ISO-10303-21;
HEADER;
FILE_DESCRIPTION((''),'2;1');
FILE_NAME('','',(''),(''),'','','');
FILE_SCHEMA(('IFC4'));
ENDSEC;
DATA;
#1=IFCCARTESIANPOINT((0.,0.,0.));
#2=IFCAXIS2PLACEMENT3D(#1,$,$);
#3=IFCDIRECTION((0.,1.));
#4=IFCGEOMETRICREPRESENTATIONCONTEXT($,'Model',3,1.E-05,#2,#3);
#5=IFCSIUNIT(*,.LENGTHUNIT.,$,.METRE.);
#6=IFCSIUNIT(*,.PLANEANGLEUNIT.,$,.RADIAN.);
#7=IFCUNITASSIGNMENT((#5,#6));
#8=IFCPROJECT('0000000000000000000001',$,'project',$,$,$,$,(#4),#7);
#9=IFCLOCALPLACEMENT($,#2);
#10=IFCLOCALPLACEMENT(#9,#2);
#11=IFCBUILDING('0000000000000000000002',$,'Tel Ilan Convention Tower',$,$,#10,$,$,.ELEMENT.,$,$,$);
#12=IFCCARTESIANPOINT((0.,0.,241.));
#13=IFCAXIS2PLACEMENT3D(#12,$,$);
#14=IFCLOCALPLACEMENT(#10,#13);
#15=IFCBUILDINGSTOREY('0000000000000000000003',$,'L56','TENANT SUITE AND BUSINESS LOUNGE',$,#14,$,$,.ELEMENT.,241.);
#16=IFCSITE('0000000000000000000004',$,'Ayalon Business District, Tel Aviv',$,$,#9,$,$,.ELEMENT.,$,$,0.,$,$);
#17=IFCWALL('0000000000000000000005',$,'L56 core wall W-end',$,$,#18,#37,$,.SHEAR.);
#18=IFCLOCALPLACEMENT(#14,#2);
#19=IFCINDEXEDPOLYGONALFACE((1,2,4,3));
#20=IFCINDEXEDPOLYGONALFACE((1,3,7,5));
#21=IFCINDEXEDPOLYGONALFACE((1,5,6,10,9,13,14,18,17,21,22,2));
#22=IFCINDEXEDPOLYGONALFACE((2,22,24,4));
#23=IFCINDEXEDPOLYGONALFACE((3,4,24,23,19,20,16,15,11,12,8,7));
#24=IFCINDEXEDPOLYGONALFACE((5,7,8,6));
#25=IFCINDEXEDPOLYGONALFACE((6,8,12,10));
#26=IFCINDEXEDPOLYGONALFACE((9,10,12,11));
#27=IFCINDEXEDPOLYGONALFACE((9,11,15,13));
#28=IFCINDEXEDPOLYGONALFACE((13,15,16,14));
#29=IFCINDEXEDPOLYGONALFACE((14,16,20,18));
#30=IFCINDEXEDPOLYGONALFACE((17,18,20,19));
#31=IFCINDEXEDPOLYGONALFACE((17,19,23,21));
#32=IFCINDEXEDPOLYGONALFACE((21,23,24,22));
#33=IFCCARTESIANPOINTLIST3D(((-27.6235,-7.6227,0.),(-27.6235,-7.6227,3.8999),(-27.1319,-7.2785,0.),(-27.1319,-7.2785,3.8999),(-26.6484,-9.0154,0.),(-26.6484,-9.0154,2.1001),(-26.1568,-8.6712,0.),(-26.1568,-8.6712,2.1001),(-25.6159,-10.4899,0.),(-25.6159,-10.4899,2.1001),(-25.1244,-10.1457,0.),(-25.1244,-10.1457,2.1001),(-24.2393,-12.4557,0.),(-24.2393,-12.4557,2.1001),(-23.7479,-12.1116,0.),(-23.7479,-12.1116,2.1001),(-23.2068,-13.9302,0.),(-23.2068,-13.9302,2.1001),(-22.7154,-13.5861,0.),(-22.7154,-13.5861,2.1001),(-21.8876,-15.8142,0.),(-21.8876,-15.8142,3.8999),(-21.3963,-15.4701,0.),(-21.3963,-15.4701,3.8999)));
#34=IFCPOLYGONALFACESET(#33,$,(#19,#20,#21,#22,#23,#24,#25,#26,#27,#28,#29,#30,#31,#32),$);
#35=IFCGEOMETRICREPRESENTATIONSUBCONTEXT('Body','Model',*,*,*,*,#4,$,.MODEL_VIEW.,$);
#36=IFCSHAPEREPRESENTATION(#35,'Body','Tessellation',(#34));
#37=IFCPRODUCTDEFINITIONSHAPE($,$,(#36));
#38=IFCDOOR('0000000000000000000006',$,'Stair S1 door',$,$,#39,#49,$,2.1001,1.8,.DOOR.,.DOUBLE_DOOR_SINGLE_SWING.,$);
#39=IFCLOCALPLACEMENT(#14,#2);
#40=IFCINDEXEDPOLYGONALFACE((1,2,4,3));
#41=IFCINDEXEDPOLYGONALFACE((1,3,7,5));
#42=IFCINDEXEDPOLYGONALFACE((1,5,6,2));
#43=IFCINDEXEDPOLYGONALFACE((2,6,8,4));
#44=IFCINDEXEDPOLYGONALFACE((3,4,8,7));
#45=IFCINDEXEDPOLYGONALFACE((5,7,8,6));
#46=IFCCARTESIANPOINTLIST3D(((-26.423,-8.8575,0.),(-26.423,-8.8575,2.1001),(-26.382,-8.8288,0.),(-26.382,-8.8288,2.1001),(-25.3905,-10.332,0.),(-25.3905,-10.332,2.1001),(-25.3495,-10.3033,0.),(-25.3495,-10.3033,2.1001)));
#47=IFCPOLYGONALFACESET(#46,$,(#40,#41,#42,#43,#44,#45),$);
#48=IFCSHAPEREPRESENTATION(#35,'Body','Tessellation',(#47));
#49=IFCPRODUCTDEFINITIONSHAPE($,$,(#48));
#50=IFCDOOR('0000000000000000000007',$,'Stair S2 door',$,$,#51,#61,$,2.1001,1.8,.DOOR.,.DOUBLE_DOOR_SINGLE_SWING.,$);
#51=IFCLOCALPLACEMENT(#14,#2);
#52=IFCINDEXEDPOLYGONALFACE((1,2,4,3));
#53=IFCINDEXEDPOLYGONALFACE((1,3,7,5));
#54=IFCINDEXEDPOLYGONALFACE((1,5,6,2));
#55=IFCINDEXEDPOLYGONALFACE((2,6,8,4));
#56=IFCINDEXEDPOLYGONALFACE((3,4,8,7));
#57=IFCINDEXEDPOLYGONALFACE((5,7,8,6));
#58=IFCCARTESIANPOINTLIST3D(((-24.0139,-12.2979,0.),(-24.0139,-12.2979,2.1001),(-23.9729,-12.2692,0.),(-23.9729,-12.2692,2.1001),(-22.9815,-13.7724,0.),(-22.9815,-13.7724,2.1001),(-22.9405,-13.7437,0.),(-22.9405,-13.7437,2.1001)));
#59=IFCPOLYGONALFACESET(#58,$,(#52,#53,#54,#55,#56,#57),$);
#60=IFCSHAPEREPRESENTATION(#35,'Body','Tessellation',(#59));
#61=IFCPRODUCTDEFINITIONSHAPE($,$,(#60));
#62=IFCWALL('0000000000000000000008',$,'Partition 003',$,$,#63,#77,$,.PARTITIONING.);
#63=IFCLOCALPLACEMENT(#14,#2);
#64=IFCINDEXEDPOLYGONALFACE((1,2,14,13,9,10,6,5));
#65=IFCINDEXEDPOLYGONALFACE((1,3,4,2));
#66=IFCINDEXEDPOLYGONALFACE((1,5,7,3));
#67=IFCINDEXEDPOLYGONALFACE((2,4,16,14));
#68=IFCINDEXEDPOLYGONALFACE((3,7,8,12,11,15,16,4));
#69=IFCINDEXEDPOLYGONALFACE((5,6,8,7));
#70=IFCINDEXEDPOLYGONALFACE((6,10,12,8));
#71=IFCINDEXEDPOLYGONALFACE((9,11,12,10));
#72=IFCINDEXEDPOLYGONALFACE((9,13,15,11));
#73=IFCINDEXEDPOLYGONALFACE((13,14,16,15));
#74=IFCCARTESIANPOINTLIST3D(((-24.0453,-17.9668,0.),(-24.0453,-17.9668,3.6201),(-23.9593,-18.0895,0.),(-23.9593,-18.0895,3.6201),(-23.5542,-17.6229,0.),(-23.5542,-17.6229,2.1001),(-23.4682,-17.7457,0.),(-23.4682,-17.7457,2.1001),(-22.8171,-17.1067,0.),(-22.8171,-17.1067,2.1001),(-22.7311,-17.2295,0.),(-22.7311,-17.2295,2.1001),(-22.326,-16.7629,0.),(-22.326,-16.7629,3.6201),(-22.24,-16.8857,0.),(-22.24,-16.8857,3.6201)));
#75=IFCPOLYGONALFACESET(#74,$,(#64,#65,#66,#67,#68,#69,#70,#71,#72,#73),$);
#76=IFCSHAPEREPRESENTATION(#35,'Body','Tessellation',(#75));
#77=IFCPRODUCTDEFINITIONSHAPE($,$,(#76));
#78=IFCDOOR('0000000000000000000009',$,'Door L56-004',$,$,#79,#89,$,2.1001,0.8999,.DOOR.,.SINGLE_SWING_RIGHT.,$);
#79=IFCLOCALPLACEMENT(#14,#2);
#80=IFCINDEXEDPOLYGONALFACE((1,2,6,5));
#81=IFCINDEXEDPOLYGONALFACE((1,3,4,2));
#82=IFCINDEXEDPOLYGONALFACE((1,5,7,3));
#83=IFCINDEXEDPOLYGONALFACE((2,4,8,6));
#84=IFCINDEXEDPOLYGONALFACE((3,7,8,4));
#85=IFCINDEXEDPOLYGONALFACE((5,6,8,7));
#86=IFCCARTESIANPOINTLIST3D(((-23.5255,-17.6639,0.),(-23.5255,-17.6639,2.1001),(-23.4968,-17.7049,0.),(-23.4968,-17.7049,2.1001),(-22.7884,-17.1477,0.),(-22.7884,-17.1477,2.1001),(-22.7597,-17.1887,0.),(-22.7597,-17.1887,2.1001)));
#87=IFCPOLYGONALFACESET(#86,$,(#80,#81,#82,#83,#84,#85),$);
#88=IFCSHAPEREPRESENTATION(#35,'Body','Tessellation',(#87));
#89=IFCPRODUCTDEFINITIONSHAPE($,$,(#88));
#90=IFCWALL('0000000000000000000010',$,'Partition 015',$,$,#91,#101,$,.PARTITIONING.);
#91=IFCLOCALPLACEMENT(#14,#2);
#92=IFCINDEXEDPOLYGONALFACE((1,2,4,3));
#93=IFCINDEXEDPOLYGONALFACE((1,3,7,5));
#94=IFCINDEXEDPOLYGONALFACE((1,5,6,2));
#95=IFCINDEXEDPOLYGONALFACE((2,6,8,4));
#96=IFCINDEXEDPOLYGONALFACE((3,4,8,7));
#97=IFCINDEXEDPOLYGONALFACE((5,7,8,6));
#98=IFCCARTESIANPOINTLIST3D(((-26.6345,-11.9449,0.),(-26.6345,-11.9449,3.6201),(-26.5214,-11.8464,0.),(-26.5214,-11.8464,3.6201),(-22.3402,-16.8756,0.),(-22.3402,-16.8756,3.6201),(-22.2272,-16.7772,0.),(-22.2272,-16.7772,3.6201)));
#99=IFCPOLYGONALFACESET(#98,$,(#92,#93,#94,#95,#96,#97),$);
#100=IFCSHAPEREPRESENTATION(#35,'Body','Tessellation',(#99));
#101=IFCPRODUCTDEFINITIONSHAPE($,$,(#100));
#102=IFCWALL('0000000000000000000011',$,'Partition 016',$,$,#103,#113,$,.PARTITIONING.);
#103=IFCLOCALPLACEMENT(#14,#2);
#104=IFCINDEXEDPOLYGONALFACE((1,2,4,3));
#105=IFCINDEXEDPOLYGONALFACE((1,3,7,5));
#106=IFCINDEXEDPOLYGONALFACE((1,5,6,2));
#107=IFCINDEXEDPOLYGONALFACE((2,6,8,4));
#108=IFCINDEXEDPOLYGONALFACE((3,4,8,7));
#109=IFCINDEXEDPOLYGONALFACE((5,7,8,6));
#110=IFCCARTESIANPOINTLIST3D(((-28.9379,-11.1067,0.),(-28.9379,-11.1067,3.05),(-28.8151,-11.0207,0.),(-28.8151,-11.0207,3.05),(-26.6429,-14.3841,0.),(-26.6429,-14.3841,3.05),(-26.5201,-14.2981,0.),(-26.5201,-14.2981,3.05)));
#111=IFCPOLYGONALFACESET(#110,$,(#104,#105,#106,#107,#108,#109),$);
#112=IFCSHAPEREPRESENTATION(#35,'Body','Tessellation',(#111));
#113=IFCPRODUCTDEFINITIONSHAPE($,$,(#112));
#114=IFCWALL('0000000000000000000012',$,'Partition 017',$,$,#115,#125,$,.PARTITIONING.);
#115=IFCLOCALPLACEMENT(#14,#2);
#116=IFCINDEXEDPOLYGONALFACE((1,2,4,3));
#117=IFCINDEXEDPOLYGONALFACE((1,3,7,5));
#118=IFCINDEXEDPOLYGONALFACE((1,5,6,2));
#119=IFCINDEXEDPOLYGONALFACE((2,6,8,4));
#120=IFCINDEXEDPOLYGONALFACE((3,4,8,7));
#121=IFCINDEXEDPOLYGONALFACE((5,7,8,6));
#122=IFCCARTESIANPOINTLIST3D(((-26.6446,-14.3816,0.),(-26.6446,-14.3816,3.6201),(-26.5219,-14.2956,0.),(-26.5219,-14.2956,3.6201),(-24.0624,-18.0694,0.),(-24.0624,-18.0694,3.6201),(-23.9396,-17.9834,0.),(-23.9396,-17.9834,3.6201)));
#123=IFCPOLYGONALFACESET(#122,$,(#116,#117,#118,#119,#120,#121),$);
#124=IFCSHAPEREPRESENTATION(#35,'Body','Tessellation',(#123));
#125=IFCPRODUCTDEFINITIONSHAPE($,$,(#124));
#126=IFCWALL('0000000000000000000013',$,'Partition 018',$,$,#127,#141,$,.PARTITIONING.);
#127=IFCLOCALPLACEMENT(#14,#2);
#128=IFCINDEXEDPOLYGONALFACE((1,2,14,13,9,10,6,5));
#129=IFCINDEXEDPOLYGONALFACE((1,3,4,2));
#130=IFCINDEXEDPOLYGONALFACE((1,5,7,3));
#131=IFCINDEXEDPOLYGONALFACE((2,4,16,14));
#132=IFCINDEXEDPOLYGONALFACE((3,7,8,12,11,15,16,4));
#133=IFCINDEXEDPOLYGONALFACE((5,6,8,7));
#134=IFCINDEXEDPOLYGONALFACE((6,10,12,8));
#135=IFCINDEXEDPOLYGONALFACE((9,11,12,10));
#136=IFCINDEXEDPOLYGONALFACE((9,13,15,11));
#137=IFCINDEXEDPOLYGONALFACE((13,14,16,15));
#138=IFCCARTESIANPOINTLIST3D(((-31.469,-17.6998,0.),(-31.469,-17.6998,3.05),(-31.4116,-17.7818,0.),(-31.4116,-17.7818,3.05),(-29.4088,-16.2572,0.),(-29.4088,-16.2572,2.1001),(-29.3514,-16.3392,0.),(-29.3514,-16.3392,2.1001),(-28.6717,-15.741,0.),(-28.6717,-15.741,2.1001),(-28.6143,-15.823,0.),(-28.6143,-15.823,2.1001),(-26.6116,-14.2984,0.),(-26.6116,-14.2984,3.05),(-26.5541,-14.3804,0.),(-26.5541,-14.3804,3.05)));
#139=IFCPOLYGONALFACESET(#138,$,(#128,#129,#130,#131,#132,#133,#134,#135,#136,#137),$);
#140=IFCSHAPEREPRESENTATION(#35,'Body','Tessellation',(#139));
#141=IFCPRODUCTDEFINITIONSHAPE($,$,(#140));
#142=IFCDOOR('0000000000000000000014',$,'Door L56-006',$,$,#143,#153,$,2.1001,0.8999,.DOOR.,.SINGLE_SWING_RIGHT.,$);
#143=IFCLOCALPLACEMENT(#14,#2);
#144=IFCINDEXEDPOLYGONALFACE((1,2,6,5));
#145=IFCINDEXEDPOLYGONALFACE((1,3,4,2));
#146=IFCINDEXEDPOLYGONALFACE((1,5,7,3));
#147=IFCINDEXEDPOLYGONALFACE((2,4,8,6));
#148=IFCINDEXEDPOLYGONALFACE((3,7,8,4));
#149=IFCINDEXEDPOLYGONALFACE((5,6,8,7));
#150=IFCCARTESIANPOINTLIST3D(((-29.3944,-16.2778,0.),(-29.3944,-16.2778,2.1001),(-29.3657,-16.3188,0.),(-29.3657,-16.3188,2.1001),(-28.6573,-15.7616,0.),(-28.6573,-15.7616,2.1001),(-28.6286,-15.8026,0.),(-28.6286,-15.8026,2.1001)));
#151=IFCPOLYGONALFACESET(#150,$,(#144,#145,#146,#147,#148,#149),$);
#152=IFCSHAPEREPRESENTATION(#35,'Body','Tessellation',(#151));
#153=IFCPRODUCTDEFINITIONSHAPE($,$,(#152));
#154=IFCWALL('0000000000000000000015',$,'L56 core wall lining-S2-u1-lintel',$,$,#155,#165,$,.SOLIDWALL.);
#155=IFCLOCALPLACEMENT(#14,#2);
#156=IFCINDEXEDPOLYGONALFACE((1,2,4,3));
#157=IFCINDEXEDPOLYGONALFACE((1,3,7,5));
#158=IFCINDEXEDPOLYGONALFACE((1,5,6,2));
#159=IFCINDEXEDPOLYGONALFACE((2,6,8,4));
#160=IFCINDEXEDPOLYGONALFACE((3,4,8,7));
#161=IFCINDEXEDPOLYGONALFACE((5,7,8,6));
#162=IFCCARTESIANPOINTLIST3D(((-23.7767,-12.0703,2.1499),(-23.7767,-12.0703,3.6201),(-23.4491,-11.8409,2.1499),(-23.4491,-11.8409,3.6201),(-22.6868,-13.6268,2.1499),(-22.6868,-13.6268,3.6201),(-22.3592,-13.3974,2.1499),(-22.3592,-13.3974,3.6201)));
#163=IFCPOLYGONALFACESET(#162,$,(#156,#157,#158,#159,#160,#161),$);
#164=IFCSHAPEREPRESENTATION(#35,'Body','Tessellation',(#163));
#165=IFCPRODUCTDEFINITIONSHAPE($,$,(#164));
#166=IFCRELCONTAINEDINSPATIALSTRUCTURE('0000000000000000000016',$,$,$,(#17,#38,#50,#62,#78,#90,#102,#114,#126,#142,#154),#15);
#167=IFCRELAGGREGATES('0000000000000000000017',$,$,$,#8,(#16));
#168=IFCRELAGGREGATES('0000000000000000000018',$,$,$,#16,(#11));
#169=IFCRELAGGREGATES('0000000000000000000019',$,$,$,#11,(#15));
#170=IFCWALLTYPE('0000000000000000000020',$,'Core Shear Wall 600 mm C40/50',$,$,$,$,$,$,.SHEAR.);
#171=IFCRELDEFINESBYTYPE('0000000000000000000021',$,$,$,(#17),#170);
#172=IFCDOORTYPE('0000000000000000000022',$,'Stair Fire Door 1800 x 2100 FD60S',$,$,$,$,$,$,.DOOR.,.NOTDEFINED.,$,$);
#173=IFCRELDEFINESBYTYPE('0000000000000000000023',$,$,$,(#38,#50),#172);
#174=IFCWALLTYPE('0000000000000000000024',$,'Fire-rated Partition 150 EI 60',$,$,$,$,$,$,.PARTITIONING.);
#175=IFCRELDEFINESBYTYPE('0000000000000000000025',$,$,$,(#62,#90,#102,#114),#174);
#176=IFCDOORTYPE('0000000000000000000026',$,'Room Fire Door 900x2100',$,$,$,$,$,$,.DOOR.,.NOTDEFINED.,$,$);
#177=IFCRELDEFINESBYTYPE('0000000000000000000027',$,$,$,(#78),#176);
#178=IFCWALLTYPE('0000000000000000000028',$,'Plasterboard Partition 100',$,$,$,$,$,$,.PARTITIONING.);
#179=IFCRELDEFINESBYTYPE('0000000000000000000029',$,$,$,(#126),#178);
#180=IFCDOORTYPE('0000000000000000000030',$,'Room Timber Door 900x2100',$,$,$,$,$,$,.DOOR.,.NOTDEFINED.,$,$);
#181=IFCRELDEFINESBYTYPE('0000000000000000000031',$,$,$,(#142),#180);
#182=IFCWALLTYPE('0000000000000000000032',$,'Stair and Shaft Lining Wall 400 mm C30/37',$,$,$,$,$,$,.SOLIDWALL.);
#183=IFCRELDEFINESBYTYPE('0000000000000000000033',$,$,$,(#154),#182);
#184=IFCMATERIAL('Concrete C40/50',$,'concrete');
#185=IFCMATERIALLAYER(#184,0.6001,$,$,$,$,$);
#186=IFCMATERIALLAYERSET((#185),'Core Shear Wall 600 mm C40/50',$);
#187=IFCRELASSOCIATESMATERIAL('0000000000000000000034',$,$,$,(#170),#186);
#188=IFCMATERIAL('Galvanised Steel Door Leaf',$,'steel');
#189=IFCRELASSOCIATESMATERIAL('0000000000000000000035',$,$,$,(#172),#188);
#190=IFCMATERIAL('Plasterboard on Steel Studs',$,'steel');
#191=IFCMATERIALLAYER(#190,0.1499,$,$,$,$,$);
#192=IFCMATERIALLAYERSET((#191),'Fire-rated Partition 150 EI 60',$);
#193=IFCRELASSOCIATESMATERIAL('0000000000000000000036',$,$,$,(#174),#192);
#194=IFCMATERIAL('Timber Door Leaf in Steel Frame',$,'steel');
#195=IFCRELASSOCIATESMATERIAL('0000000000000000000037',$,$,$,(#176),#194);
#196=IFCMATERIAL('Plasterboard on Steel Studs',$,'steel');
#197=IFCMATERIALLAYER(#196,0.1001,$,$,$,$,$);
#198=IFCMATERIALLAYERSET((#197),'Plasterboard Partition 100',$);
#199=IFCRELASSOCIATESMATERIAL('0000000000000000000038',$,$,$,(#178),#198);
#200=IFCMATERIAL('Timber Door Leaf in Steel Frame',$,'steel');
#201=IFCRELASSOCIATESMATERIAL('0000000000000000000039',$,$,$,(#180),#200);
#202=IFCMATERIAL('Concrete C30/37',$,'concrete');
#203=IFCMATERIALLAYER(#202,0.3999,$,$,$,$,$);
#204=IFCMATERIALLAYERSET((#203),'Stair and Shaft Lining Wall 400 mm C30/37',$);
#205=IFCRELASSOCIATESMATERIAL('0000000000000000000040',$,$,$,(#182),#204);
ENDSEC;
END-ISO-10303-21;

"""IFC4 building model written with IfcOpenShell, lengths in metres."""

from ifc_helpers import new_model, si_unit, direction, frame, frame_2d, origin, place, context, subcontext, project, spatial, polyline, rectangle, outline, extrude, material, layer, layer_set, type_object, element, fill, save


model = new_model("IFC4")

# Units and contexts
model_context = context("Model", 3, precision=1e-05, world=origin(), true_north=direction((0.0, 1.0)))
body_context = subcontext(model_context, "Body", "Model", "MODEL_VIEW")
ifc_project = project(units=[si_unit("LENGTHUNIT", "METRE"), si_unit("PLANEANGLEUNIT", "RADIAN")], contexts=[model_context])

# Site, building, storey
site_placement = place(None, origin())
site = spatial("IfcSite", under=ifc_project, at=site_placement, Name="Ayalon Business District, Tel Aviv", CompositionType="ELEMENT", RefElevation=0.0)
building_placement = place(site_placement, origin())
building = spatial("IfcBuilding", under=site, at=building_placement, Name="Tel Ilan Convention Tower", CompositionType="ELEMENT")
storey_placement = place(building_placement, frame((0.0, 0.0, 241.0)))
storey = spatial("IfcBuildingStorey", under=building, at=storey_placement, Name="L56", Description="TENANT SUITE AND BUSINESS LOUNGE", CompositionType="ELEMENT", Elevation=241.0)

# Wall, openings, doors
ifc_material_1 = material(Name="Concrete C40/50", Category="concrete")
ifc_layer_1 = layer(ifc_material_1, 0.6001)
ifc_layer_set_1 = layer_set([ifc_layer_1], Name="Core Shear Wall 600 mm C40/50")
wall_type_1 = type_object("IfcWallType", Name="Core Shear Wall 600 mm C40/50", PredefinedType="SHEAR", material=ifc_layer_set_1)
wall_1_placement = place(storey_placement, frame((-21.6418, -15.6421, 0.0), z_axis=(0.0, 0.0, 1.0), x_axis=(-0.573587, 0.819145, 0.0)))
wall_1 = element("IfcWall", 1, at=wall_1_placement, inside=storey, type_object=wall_type_1, Name="L56 core wall W-end", PredefinedType="SHEAR", context=body_context, shape_type="SweptSolid", body=[
    extrude(outline(polyline([(0.0, 0.3), (0.0, -0.2998), (10.0, -0.3), (10.0, 0.3), (0.0, 0.3)])), origin(), (0.0, 0.0, 1.0), 3.8999),
])
opening_1_placement = place(wall_1_placement, frame((6.5, 0.0, 0.0)))
opening_1 = element("IfcOpeningElement", 2, at=opening_1_placement, cuts=wall_1, PredefinedType="OPENING", context=body_context, shape_type="SweptSolid", body=[
    extrude(rectangle(XDim=1.8, YDim=2.1001, at=frame_2d((0.8999, 1.05))), frame((0.0, 0.3101, 0.0), z_axis=(0.0, -1.0, 0.0), x_axis=(1.0, 0.0, 0.0)), (0.0, 0.0, 1.0), 0.6201),
])
opening_2_placement = place(wall_1_placement, frame((2.3, 0.0, 0.0)))
opening_2 = element("IfcOpeningElement", 3, at=opening_2_placement, cuts=wall_1, PredefinedType="OPENING", context=body_context, shape_type="SweptSolid", body=[
    extrude(rectangle(XDim=1.8, YDim=2.1001, at=frame_2d((0.8999, 1.05))), frame((0.0, 0.3101, 0.0), z_axis=(0.0, -1.0, 0.0), x_axis=(1.0, 0.0, 0.0)), (0.0, 0.0, 1.0), 0.6201),
])
ifc_material_2 = material(Name="Galvanised Steel Door Leaf", Category="steel")
door_type_1 = type_object("IfcDoorType", Name="Stair Fire Door 1800 x 2100 FD60S", OperationType="NOTDEFINED", PredefinedType="DOOR", material=ifc_material_2)
door_1_placement = place(opening_1_placement, origin())
door_1 = element("IfcDoor", 4, at=door_1_placement, inside=storey, type_object=door_type_1, Name="Stair S1 door", OperationType="DOUBLE_DOOR_SINGLE_SWING", OverallHeight=2.1001, OverallWidth=1.8, PredefinedType="DOOR", context=body_context, shape_type="SweptSolid", body=[
    extrude(rectangle(XDim=1.8, YDim=2.1001, at=frame_2d((0.8999, 1.05))), frame((0.0, 0.0249, 0.0), z_axis=(0.0, -1.0, 0.0), x_axis=(1.0, 0.0, 0.0)), (0.0, 0.0, 1.0), 0.05),
])
fill(opening_1, door_1)
door_2_placement = place(opening_2_placement, origin())
door_2 = element("IfcDoor", 5, at=door_2_placement, inside=storey, type_object=door_type_1, Name="Stair S2 door", OperationType="DOUBLE_DOOR_SINGLE_SWING", OverallHeight=2.1001, OverallWidth=1.8, PredefinedType="DOOR", context=body_context, shape_type="SweptSolid", body=[
    extrude(rectangle(XDim=1.8, YDim=2.1001, at=frame_2d((0.8999, 1.05))), frame((0.0, 0.0249, 0.0), z_axis=(0.0, -1.0, 0.0), x_axis=(1.0, 0.0, 0.0)), (0.0, 0.0, 1.0), 0.05),
])
fill(opening_2, door_2)

# Wall, opening, door
ifc_material_3 = material(Name="Plasterboard on Steel Studs", Category="steel")
ifc_layer_2 = layer(ifc_material_3, 0.1499)
ifc_layer_set_2 = layer_set([ifc_layer_2], Name="Fire-rated Partition 150 EI 60")
wall_type_2 = type_object("IfcWallType", Name="Fire-rated Partition 150 EI 60", PredefinedType="PARTITIONING", material=ifc_layer_set_2)
wall_2_placement = place(storey_placement, frame((-24.0022, -18.0281, 0.0), z_axis=(0.0, 0.0, 1.0), x_axis=(0.819144, 0.573587, 0.0)))
wall_2 = element("IfcWall", 6, at=wall_2_placement, inside=storey, type_object=wall_type_2, Name="Partition 003", PredefinedType="PARTITIONING", context=body_context, shape_type="SweptSolid", body=[
    extrude(rectangle(XDim=2.0989, YDim=0.1499, at=frame_2d((1.0493, 0.0))), origin(), (0.0, 0.0, 1.0), 3.6201),
])
opening_3_placement = place(wall_2_placement, frame((0.5994, 0.0, 0.0)))
opening_3 = element("IfcOpeningElement", 7, at=opening_3_placement, cuts=wall_2, PredefinedType="OPENING", context=body_context, shape_type="SweptSolid", body=[
    extrude(rectangle(XDim=0.8999, YDim=2.1001, at=frame_2d((0.45, 1.05))), frame((0.0, 0.085, 0.0), z_axis=(0.0, -1.0, 0.0), x_axis=(1.0, 0.0, 0.0)), (0.0, 0.0, 1.0), 0.1699),
])
ifc_material_4 = material(Name="Timber Door Leaf in Steel Frame", Category="steel")
door_type_2 = type_object("IfcDoorType", Name="Room Fire Door 900x2100", OperationType="NOTDEFINED", PredefinedType="DOOR", material=ifc_material_4)
door_3_placement = place(opening_3_placement, origin())
door_3 = element("IfcDoor", 8, at=door_3_placement, inside=storey, type_object=door_type_2, Name="Door L56-004", OperationType="SINGLE_SWING_RIGHT", OverallHeight=2.1001, OverallWidth=0.8999, PredefinedType="DOOR", context=body_context, shape_type="SweptSolid", body=[
    extrude(rectangle(XDim=0.8999, YDim=2.1001, at=frame_2d((0.45, 1.05))), frame((0.0, 0.0249, 0.0), z_axis=(0.0, -1.0, 0.0), x_axis=(1.0, 0.0, 0.0)), (0.0, 0.0, 1.0), 0.05),
])
fill(opening_3, door_3)

# Walls
wall_3_placement = place(storey_placement, frame((-22.2837, -16.8264, 0.0), z_axis=(0.0, 0.0, 1.0), x_axis=(-0.656758, 0.754101, 0.0)))
element("IfcWall", 9, at=wall_3_placement, inside=storey, type_object=wall_type_2, Name="Partition 015", PredefinedType="PARTITIONING", context=body_context, shape_type="SweptSolid", body=[
    extrude(rectangle(XDim=6.5386, YDim=0.1499, at=frame_2d((3.2693, 0.0))), origin(), (0.0, 0.0, 1.0), 3.6201),
])
wall_4_placement = place(storey_placement, frame((-26.5815, -14.3411, 0.0), z_axis=(0.0, 0.0, 1.0), x_axis=(-0.573593, 0.81914, 0.0)))
element("IfcWall", 10, at=wall_4_placement, inside=storey, type_object=wall_type_2, Name="Partition 016", PredefinedType="PARTITIONING", context=body_context, shape_type="SweptSolid", body=[
    extrude(rectangle(XDim=4.001, YDim=0.1499, at=frame_2d((2.0005, 0.0))), origin(), (0.0, 0.0, 1.0), 3.05),
])
wall_5_placement = place(storey_placement, frame((-24.001, -18.0264, 0.0), z_axis=(0.0, 0.0, 1.0), x_axis=(-0.57359, 0.819143, 0.0)))
element("IfcWall", 11, at=wall_5_placement, inside=storey, type_object=wall_type_2, Name="Partition 017", PredefinedType="PARTITIONING", context=body_context, shape_type="SweptSolid", body=[
    extrude(rectangle(XDim=4.502, YDim=0.1499, at=frame_2d((2.251, 0.0))), origin(), (0.0, 0.0, 1.0), 3.6201),
])

# Wall, opening, door
ifc_material_5 = material(Name="Plasterboard on Steel Studs", Category="steel")
ifc_layer_3 = layer(ifc_material_5, 0.1001)
ifc_layer_set_3 = layer_set([ifc_layer_3], Name="Plasterboard Partition 100")
wall_type_3 = type_object("IfcWallType", Name="Plasterboard Partition 100", PredefinedType="PARTITIONING", material=ifc_layer_set_3)
wall_6_placement = place(storey_placement, frame((-31.4402, -17.7407, 0.0), z_axis=(0.0, 0.0, 1.0), x_axis=(0.819139, 0.573595, 0.0)))
wall_6 = element("IfcWall", 12, at=wall_6_placement, inside=storey, type_object=wall_type_3, Name="Partition 018", PredefinedType="PARTITIONING", context=body_context, shape_type="SweptSolid", body=[
    extrude(rectangle(XDim=5.9299, YDim=0.1001, at=frame_2d((2.9648, 0.0))), origin(), (0.0, 0.0, 1.0), 3.05),
])
opening_4_placement = place(wall_6_placement, frame((2.5149, 0.0, 0.0)))
opening_4 = element("IfcOpeningElement", 13, at=opening_4_placement, cuts=wall_6, PredefinedType="OPENING", context=body_context, shape_type="SweptSolid", body=[
    extrude(rectangle(XDim=0.8999, YDim=2.1001, at=frame_2d((0.45, 1.05))), frame((0.0, 0.0601, 0.0), z_axis=(0.0, -1.0, 0.0), x_axis=(1.0, 0.0, 0.0)), (0.0, 0.0, 1.0), 0.1201),
])
ifc_material_6 = material(Name="Timber Door Leaf in Steel Frame", Category="steel")
door_type_3 = type_object("IfcDoorType", Name="Room Timber Door 900x2100", OperationType="NOTDEFINED", PredefinedType="DOOR", material=ifc_material_6)
door_4_placement = place(opening_4_placement, origin())
door_4 = element("IfcDoor", 14, at=door_4_placement, inside=storey, type_object=door_type_3, Name="Door L56-006", OperationType="SINGLE_SWING_RIGHT", OverallHeight=2.1001, OverallWidth=0.8999, PredefinedType="DOOR", context=body_context, shape_type="SweptSolid", body=[
    extrude(rectangle(XDim=0.8999, YDim=2.1001, at=frame_2d((0.45, 1.05))), frame((0.0, 0.0249, 0.0), z_axis=(0.0, -1.0, 0.0), x_axis=(1.0, 0.0, 0.0)), (0.0, 0.0, 1.0), 0.05),
])
fill(opening_4, door_4)

# Wall
ifc_material_7 = material(Name="Concrete C30/37", Category="concrete")
ifc_layer_4 = layer(ifc_material_7, 0.3999)
ifc_layer_set_4 = layer_set([ifc_layer_4], Name="Stair and Shaft Lining Wall 400 mm C30/37")
wall_type_4 = type_object("IfcWallType", Name="Stair and Shaft Lining Wall 400 mm C30/37", PredefinedType="SOLIDWALL", material=ifc_layer_set_4)
wall_7_placement = place(storey_placement, frame((-22.5229, -13.5122, 2.1499), z_axis=(0.0, 0.0, 1.0), x_axis=(-0.573592, 0.819141, 0.0)))
element("IfcWall", 15, at=wall_7_placement, inside=storey, type_object=wall_type_4, Name="L56 core wall lining-S2-u1-lintel", PredefinedType="SOLIDWALL", context=body_context, shape_type="SweptSolid", body=[
    extrude(rectangle(XDim=1.9001, YDim=0.3999, at=frame_2d((0.9502, 0.0))), origin(), (0.0, 0.0, 1.0), 1.4702),
])

save(model, "model.ifc")
